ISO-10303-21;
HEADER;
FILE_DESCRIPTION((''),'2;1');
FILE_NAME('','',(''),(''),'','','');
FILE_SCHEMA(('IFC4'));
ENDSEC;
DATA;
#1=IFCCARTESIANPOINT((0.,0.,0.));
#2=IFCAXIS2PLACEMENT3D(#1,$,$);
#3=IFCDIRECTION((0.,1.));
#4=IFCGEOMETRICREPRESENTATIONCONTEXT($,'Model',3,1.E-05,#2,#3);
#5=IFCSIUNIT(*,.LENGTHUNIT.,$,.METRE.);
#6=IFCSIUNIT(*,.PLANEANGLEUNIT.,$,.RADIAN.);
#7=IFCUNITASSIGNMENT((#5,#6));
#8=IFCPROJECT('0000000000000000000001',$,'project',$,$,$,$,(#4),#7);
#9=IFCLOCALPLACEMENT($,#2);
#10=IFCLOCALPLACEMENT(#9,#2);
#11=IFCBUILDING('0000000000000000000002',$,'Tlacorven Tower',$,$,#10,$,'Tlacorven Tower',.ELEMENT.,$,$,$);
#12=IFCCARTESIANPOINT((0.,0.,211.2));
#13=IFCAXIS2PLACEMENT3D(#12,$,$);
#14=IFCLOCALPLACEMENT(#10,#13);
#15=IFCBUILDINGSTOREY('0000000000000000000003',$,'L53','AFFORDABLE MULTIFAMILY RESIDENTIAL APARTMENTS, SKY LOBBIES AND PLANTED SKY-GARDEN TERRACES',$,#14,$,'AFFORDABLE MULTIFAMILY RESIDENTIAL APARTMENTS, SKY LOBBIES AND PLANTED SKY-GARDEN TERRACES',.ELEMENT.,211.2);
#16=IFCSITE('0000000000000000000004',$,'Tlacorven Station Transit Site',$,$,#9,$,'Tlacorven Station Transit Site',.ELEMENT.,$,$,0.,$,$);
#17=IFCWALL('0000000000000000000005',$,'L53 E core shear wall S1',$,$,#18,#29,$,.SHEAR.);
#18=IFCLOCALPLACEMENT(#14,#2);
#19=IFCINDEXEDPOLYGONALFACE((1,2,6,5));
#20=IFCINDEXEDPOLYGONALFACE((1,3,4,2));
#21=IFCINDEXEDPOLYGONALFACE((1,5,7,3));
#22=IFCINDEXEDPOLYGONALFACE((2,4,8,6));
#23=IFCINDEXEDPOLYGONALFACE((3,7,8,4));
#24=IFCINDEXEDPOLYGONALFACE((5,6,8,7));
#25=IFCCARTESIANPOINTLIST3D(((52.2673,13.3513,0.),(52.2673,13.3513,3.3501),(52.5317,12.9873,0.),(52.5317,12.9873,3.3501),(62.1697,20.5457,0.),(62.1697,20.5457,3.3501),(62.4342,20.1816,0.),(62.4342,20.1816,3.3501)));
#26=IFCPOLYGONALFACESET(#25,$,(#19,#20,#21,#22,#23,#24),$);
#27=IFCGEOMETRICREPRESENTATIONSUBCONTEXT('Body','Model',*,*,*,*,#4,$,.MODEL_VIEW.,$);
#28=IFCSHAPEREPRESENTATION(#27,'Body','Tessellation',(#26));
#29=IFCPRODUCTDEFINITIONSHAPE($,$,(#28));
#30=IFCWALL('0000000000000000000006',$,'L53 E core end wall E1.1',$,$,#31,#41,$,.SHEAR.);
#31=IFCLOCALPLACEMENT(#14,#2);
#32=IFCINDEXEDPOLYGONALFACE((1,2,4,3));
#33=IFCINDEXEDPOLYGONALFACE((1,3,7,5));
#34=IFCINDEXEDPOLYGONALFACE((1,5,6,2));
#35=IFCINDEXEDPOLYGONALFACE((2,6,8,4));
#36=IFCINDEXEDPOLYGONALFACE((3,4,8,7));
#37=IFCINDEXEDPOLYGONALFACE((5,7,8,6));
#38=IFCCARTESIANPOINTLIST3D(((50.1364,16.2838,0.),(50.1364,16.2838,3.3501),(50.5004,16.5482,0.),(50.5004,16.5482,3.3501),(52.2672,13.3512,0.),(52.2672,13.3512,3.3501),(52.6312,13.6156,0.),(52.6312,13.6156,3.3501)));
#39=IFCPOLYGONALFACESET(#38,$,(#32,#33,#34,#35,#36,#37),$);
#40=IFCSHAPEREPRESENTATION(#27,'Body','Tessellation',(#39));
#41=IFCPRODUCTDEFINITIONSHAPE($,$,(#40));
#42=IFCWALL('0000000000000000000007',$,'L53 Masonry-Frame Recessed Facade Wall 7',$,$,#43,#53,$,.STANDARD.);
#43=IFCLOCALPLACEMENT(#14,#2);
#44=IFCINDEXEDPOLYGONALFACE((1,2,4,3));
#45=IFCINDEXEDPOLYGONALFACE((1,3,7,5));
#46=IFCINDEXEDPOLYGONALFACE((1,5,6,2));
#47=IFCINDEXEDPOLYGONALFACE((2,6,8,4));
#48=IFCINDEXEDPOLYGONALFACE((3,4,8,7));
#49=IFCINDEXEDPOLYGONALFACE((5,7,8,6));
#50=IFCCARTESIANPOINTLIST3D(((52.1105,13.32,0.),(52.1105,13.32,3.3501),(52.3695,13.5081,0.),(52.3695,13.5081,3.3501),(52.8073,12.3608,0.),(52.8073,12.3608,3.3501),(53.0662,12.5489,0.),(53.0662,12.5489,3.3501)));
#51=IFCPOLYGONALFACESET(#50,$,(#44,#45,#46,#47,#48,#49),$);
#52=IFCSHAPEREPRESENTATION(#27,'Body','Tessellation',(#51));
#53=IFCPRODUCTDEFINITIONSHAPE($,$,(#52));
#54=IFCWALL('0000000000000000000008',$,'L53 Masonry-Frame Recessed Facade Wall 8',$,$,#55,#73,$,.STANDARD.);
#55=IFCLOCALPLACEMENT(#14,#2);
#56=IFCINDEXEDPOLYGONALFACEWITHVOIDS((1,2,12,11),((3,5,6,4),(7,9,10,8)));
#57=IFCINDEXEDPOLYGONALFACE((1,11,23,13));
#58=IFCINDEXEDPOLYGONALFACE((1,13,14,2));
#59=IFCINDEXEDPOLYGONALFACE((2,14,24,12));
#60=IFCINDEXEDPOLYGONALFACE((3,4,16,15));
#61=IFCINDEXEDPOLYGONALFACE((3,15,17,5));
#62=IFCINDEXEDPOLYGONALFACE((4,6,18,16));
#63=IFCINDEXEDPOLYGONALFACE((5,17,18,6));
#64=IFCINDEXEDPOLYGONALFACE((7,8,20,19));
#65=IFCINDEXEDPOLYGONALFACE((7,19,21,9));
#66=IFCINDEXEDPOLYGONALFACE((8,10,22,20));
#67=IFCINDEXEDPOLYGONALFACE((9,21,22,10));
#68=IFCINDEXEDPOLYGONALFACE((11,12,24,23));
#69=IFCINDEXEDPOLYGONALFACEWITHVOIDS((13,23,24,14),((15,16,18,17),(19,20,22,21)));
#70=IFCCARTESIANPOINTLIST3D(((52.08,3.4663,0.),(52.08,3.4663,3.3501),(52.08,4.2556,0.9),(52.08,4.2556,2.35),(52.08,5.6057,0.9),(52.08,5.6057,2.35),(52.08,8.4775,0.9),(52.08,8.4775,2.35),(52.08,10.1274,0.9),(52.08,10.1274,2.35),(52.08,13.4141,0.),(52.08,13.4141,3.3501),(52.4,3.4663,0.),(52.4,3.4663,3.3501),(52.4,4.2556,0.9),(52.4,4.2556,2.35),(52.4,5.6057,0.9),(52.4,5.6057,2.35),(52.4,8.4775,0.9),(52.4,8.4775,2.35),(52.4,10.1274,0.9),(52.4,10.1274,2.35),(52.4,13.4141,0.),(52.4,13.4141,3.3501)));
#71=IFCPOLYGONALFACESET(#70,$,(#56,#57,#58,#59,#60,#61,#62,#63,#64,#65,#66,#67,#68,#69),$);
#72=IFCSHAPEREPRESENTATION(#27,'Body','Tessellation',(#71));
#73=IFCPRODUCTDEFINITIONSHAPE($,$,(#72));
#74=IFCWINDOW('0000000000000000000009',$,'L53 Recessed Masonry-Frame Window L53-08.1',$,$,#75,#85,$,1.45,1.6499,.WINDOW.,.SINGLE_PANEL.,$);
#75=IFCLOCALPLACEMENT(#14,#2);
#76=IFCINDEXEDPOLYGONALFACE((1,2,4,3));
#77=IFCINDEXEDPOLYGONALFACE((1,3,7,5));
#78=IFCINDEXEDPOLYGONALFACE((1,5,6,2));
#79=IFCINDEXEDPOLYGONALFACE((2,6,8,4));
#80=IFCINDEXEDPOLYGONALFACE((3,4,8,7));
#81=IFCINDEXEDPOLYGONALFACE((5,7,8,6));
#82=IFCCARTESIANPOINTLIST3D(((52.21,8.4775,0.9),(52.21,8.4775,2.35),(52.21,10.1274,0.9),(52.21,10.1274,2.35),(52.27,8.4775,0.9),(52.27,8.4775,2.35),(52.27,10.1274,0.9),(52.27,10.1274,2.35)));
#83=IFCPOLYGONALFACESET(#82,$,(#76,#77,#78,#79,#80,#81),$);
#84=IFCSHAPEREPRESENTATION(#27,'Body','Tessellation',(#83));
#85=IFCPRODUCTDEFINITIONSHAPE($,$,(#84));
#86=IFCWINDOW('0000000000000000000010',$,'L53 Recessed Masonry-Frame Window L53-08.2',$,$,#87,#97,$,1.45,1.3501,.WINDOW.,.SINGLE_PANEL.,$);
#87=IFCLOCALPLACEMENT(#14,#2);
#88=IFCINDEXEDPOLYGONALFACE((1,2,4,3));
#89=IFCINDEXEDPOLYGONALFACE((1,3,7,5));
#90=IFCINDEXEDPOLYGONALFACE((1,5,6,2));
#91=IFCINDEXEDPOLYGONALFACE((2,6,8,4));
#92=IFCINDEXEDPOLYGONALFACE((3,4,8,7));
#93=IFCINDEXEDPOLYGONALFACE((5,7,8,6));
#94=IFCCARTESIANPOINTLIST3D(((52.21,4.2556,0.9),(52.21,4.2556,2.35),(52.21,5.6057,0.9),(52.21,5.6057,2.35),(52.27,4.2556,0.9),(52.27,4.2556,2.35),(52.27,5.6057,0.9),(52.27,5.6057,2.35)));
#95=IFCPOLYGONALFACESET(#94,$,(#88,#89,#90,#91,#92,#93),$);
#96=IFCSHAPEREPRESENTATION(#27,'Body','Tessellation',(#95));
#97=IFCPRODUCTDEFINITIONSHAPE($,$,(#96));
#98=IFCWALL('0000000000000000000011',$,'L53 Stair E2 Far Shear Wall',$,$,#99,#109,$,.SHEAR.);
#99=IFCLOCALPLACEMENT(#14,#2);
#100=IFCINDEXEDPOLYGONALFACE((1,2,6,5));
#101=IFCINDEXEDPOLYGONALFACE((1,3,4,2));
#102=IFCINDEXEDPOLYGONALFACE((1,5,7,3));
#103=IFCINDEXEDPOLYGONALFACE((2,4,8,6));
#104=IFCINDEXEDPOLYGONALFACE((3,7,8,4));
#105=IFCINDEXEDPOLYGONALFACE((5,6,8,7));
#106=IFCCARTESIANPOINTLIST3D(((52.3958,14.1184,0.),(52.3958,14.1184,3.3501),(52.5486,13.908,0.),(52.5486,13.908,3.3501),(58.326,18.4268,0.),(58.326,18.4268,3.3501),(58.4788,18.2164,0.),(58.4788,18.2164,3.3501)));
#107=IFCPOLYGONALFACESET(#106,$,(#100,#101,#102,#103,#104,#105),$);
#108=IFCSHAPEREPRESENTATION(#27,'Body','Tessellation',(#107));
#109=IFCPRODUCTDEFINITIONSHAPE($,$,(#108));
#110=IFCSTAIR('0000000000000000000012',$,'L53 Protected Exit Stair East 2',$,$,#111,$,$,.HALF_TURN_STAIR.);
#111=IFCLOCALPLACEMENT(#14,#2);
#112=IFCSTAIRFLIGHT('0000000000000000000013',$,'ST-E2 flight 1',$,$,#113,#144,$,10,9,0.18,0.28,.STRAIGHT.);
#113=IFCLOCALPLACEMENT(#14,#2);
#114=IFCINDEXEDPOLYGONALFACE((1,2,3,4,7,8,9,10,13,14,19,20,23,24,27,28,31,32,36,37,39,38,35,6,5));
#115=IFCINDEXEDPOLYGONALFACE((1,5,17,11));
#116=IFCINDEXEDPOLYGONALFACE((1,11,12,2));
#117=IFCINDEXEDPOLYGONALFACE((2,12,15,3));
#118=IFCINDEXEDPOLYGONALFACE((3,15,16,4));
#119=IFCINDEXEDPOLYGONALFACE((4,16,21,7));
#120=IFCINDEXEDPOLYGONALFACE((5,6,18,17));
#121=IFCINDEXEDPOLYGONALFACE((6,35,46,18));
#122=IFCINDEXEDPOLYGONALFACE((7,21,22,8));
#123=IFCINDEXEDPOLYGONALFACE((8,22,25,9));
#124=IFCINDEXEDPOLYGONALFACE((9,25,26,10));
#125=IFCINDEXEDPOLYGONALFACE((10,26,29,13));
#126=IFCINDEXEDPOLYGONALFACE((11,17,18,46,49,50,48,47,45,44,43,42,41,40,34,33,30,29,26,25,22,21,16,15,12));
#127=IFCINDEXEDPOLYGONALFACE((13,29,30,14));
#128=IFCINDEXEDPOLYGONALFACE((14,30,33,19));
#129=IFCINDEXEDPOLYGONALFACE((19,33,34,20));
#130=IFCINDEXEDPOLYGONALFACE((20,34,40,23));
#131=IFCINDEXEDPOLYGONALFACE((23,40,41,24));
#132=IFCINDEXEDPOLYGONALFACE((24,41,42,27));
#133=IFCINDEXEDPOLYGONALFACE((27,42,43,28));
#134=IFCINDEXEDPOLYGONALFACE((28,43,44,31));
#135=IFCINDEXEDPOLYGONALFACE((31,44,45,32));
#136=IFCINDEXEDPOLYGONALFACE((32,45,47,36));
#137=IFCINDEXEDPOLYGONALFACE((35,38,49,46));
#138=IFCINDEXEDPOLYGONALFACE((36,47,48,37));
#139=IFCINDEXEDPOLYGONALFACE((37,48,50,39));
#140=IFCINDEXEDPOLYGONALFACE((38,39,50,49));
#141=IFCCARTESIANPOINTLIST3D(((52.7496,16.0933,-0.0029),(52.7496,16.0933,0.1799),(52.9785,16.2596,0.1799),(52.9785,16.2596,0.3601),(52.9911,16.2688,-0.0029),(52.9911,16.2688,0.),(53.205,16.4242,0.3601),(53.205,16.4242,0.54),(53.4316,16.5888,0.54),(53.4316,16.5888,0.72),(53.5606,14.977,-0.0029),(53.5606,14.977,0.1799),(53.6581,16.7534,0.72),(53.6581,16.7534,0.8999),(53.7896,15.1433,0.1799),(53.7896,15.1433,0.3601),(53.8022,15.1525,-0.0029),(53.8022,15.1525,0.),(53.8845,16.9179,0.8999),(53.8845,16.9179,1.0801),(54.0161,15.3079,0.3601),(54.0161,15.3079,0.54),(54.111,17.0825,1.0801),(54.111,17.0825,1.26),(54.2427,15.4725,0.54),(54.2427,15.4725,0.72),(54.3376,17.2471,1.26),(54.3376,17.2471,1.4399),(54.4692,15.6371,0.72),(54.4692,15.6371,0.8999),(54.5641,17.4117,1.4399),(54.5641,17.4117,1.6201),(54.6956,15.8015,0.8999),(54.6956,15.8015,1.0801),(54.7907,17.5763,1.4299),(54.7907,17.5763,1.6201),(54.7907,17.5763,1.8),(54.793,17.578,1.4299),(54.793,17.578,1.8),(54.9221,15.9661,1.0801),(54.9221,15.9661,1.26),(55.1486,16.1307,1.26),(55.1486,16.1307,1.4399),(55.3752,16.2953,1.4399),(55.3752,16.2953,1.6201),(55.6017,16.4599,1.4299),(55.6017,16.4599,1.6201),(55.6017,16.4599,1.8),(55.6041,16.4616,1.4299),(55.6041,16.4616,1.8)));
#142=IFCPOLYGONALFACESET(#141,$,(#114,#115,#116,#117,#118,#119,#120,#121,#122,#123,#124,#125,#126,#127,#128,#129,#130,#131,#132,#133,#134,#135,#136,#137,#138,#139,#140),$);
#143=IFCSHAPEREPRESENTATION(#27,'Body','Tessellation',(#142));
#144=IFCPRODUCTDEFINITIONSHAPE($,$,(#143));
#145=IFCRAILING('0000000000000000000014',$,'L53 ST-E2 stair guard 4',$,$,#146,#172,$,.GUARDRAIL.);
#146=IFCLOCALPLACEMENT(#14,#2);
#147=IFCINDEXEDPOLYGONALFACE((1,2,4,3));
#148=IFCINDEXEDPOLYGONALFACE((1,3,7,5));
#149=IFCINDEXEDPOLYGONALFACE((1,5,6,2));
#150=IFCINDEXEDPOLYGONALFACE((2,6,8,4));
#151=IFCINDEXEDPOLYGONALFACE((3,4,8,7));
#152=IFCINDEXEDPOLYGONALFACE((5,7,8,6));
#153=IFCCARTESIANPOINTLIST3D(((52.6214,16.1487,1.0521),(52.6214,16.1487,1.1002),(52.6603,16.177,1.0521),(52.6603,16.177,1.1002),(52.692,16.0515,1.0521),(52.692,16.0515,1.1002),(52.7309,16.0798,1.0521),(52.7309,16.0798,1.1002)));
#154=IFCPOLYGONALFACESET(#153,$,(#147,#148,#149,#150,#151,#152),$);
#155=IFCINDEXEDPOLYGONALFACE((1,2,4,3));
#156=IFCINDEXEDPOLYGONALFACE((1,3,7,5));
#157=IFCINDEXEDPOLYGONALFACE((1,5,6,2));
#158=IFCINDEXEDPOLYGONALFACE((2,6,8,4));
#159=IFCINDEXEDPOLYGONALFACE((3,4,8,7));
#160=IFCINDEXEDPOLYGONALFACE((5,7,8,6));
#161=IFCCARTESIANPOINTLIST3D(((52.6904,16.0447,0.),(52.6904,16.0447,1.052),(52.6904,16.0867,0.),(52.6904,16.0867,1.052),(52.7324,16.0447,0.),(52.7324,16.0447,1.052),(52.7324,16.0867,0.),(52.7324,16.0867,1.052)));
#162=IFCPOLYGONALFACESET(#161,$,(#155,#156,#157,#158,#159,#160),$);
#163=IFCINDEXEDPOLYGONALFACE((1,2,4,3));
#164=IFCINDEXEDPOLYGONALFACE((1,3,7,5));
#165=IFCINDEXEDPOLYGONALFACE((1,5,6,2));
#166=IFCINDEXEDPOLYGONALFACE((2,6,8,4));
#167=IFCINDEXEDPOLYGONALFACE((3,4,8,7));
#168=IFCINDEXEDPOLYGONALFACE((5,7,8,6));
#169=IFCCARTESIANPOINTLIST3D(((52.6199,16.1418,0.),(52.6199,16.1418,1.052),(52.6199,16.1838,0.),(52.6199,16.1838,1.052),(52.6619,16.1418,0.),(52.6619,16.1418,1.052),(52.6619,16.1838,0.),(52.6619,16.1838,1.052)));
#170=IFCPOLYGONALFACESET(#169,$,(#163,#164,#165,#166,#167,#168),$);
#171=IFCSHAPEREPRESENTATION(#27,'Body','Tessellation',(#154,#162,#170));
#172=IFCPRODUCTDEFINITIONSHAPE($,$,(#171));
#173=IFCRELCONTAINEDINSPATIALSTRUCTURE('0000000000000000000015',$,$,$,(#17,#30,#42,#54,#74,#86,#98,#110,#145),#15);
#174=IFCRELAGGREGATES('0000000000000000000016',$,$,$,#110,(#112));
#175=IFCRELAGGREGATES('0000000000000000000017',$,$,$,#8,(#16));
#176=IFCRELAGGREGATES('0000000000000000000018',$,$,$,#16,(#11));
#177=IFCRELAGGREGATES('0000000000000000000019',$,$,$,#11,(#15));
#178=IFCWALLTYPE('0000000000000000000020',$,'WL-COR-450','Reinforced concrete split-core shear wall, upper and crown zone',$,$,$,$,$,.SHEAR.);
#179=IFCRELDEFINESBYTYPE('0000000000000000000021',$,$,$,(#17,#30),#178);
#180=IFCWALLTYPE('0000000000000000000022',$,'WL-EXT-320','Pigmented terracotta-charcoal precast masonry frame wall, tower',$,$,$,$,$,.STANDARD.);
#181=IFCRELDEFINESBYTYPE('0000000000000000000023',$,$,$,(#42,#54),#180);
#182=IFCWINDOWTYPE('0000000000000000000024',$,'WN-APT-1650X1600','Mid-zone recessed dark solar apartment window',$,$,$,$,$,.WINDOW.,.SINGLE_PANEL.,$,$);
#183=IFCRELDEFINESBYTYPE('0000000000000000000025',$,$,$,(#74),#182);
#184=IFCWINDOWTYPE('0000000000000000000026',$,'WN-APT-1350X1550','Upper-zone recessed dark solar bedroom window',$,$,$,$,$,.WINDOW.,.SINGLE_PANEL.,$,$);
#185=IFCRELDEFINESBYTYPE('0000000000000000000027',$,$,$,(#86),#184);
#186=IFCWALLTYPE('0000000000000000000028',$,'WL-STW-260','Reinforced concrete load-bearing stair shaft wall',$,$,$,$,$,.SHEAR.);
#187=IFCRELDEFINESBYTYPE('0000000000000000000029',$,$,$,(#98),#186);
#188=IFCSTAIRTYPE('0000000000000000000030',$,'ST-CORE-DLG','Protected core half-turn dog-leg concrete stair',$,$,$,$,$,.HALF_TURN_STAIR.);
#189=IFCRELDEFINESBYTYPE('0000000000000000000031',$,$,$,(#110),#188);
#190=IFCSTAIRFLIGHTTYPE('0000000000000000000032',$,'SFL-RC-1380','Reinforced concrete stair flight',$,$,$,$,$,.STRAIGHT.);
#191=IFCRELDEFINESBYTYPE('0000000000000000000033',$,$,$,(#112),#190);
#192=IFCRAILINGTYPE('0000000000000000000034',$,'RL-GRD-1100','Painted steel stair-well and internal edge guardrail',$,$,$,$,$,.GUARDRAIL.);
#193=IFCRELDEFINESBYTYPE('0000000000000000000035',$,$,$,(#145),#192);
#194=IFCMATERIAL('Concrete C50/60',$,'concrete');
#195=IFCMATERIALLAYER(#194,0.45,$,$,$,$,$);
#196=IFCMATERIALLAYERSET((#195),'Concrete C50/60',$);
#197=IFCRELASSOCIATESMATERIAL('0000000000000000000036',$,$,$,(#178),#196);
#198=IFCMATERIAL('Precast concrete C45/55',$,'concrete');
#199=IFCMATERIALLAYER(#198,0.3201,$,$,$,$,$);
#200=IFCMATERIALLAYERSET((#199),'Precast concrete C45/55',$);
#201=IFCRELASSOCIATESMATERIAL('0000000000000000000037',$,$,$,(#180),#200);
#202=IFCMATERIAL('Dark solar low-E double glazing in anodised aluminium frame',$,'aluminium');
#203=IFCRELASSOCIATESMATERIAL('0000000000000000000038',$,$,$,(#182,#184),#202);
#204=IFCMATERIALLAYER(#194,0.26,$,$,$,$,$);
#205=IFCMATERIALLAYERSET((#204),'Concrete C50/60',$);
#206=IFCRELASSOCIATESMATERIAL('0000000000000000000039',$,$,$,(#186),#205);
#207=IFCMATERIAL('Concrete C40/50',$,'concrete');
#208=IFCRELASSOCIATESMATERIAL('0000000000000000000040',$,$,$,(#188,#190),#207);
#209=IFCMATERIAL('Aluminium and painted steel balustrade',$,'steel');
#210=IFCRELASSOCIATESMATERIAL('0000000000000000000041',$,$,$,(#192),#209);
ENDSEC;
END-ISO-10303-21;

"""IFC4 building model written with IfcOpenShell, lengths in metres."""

from ifc_helpers import new_model, si_unit, direction, frame, frame_2d, origin, origin_2d, place, context, subcontext, project, spatial, polyline, rectangle, outline, extrude, source, transform, mapped, material, layer, layer_set, type_object, element, fill, aggregate, save


model = new_model("IFC4")

# Units and contexts
model_context = context("Model", 3, precision=1e-05, world=origin(), true_north=direction((0.0, 1.0)))
body_context = subcontext(model_context, "Body", "Model", "MODEL_VIEW")
ifc_project = project(units=[si_unit("LENGTHUNIT", "METRE"), si_unit("PLANEANGLEUNIT", "RADIAN")], contexts=[model_context])

# Site, building, storey
site_placement = place(None, origin())
site = spatial("IfcSite", under=ifc_project, at=site_placement, Name="Tlacorven Station Transit Site", LongName="Tlacorven Station Transit Site", CompositionType="ELEMENT", RefElevation=0.0)
building_placement = place(site_placement, origin())
building = spatial("IfcBuilding", under=site, at=building_placement, Name="Tlacorven Tower", LongName="Tlacorven Tower", CompositionType="ELEMENT")
storey_placement = place(building_placement, frame((0.0, 0.0, 211.2)))
storey = spatial("IfcBuildingStorey", under=building, at=storey_placement, Name="L53", Description="AFFORDABLE MULTIFAMILY RESIDENTIAL APARTMENTS, SKY LOBBIES AND PLANTED SKY-GARDEN TERRACES", LongName="AFFORDABLE MULTIFAMILY RESIDENTIAL APARTMENTS, SKY LOBBIES AND PLANTED SKY-GARDEN TERRACES", CompositionType="ELEMENT", Elevation=211.2)

# Walls
ifc_material_1 = material(Name="Concrete C50/60", Category="concrete")
ifc_layer_1 = layer(ifc_material_1, 0.45)
ifc_layer_set_1 = layer_set([ifc_layer_1], Name="Concrete C50/60")
wall_type_1 = type_object("IfcWallType", Name="WL-COR-450", Description="Reinforced concrete split-core shear wall, upper and crown zone", PredefinedType="SHEAR", material=ifc_layer_set_1)
wall_1_placement = place(storey_placement, frame((52.3994, 13.1692, 0.0), z_axis=(0.0, 0.0, 1.0), x_axis=(0.809022, 0.587778, 0.0)))
element("IfcWall", 1, at=wall_1_placement, inside=storey, type_object=wall_type_1, Name="L53 E core shear wall S1", PredefinedType="SHEAR", context=body_context, shape_type="SweptSolid", body=[
    extrude(rectangle(XDim=12.24, YDim=0.45, at=frame_2d((6.1201, 0.0))), origin(), (0.0, 0.0, 1.0), 3.3501),
])
wall_2_placement = place(storey_placement, frame((52.4492, 13.4834, 0.0), z_axis=(0.0, 0.0, 1.0), x_axis=(-0.587819, 0.808992, 0.0)))
element("IfcWall", 2, at=wall_2_placement, inside=storey, type_object=wall_type_1, Name="L53 E core end wall E1.1", PredefinedType="SHEAR", context=body_context, shape_type="SweptSolid", body=[
    extrude(rectangle(XDim=3.625, YDim=0.45, at=frame_2d((1.8125, 0.0))), origin(), (0.0, 0.0, 1.0), 3.3501),
])
ifc_material_2 = material(Name="Precast concrete C45/55", Category="concrete")
ifc_layer_2 = layer(ifc_material_2, 0.3201)
ifc_layer_set_2 = layer_set([ifc_layer_2], Name="Precast concrete C45/55")
wall_type_2 = type_object("IfcWallType", Name="WL-EXT-320", Description="Pigmented terracotta-charcoal precast masonry frame wall, tower", PredefinedType="STANDARD", material=ifc_layer_set_2)
wall_3_placement = place(storey_placement, frame((52.9368, 12.4548, 0.0), z_axis=(0.0, 0.0, 1.0), x_axis=(-0.587706, 0.809074, 0.0)))
element("IfcWall", 3, at=wall_3_placement, inside=storey, type_object=wall_type_2, Name="L53 Masonry-Frame Recessed Facade Wall 7", PredefinedType="STANDARD", context=body_context, shape_type="SweptSolid", body=[
    extrude(rectangle(XDim=1.1855, YDim=0.3201, at=frame_2d((0.5928, 0.0))), origin(), (0.0, 0.0, 1.0), 3.3501),
])

# Wall, openings, windows
wall_4_placement = place(storey_placement, frame((52.24, 13.4141, 0.0), z_axis=(0.0, 0.0, 1.0), x_axis=(0.0, -1.0, 0.0)))
wall_4 = element("IfcWall", 4, at=wall_4_placement, inside=storey, type_object=wall_type_2, Name="L53 Masonry-Frame Recessed Facade Wall 8", PredefinedType="STANDARD", context=body_context, shape_type="SweptSolid", body=[
    extrude(rectangle(XDim=9.9478, YDim=0.3201, at=frame_2d((4.9739, 0.0))), origin(), (0.0, 0.0, 1.0), 3.3501),
])
opening_1_placement = place(wall_4_placement, frame((3.2866, 0.0, 0.8999)))
opening_1 = element("IfcOpeningElement", 5, at=opening_1_placement, cuts=wall_4, PredefinedType="OPENING", context=body_context, shape_type="SweptSolid", body=[
    extrude(rectangle(XDim=1.6499, YDim=1.45, at=frame_2d((0.825, 0.7251))), frame((0.0, 0.1699, 0.0), z_axis=(0.0, -1.0, 0.0), x_axis=(1.0, 0.0, 0.0)), (0.0, 0.0, 1.0), 0.3401),
])
opening_2_placement = place(wall_4_placement, frame((7.8083, 0.0, 0.8999)))
opening_2 = element("IfcOpeningElement", 6, at=opening_2_placement, cuts=wall_4, PredefinedType="OPENING", context=body_context, shape_type="SweptSolid", body=[
    extrude(rectangle(XDim=1.3501, YDim=1.45, at=frame_2d((0.675, 0.7251))), frame((0.0, 0.1699, 0.0), z_axis=(0.0, -1.0, 0.0), x_axis=(1.0, 0.0, 0.0)), (0.0, 0.0, 1.0), 0.3401),
])
ifc_material_3 = material(Name="Dark solar low-E double glazing in anodised aluminium frame", Category="aluminium")
window_type_1 = type_object("IfcWindowType", Name="WN-APT-1650X1600", Description="Mid-zone recessed dark solar apartment window", PartitioningType="SINGLE_PANEL", PredefinedType="WINDOW", material=ifc_material_3)
shared_shape_1 = source(origin(), body_context, "Body", "SweptSolid", [
    extrude(rectangle(XDim=1.6499, YDim=1.45, at=frame_2d((0.825, 0.7251))), frame((0.0, 0.03, 0.0), z_axis=(0.0, -1.0, 0.0), x_axis=(1.0, 0.0, 0.0)), (0.0, 0.0, 1.0), 0.0601),
])
window_1_placement = place(opening_1_placement, origin())
window_1 = element("IfcWindow", 7, at=window_1_placement, inside=storey, type_object=window_type_1, Name="L53 Recessed Masonry-Frame Window L53-08.1", OverallHeight=1.45, OverallWidth=1.6499, PartitioningType="SINGLE_PANEL", PredefinedType="WINDOW", context=body_context, shape_type="MappedRepresentation", body=[
    mapped(shared_shape_1, transform((0.0, 0.0, 0.0), scale=1.0)),
])
fill(opening_1, window_1)
window_type_2 = type_object("IfcWindowType", Name="WN-APT-1350X1550", Description="Upper-zone recessed dark solar bedroom window", PartitioningType="SINGLE_PANEL", PredefinedType="WINDOW", material=ifc_material_3)
shared_shape_2 = source(origin(), body_context, "Body", "SweptSolid", [
    extrude(rectangle(XDim=1.3501, YDim=1.45, at=frame_2d((0.675, 0.7251))), frame((0.0, 0.03, 0.0), z_axis=(0.0, -1.0, 0.0), x_axis=(1.0, 0.0, 0.0)), (0.0, 0.0, 1.0), 0.0601),
])
window_2_placement = place(opening_2_placement, origin())
window_2 = element("IfcWindow", 8, at=window_2_placement, inside=storey, type_object=window_type_2, Name="L53 Recessed Masonry-Frame Window L53-08.2", OverallHeight=1.45, OverallWidth=1.3501, PartitioningType="SINGLE_PANEL", PredefinedType="WINDOW", context=body_context, shape_type="MappedRepresentation", body=[
    mapped(shared_shape_2, transform((0.0, 0.0, 0.0), scale=1.0)),
])
fill(opening_2, window_2)

# Wall
ifc_layer_3 = layer(ifc_material_1, 0.26)
ifc_layer_set_3 = layer_set([ifc_layer_3], Name="Concrete C50/60")
wall_type_3 = type_object("IfcWallType", Name="WL-STW-260", Description="Reinforced concrete load-bearing stair shaft wall", PredefinedType="SHEAR", material=ifc_layer_set_3)
wall_5_placement = place(storey_placement, frame((52.4722, 14.0132, 0.0), z_axis=(0.0, 0.0, 1.0), x_axis=(0.809028, 0.58777, 0.0)))
element("IfcWall", 9, at=wall_5_placement, inside=storey, type_object=wall_type_3, Name="L53 Stair E2 Far Shear Wall", PredefinedType="SHEAR", context=body_context, shape_type="SweptSolid", body=[
    extrude(rectangle(XDim=7.3301, YDim=0.26, at=frame_2d((3.665, 0.0))), origin(), (0.0, 0.0, 1.0), 3.3501),
])

# Stair, stair flight
ifc_material_4 = material(Name="Concrete C40/50", Category="concrete")
stair_type = type_object("IfcStairType", Name="ST-CORE-DLG", Description="Protected core half-turn dog-leg concrete stair", PredefinedType="HALF_TURN_STAIR", material=ifc_material_4)
stair_placement = place(storey_placement, origin())
stair = element("IfcStair", 10, at=stair_placement, inside=storey, type_object=stair_type, Name="L53 Protected Exit Stair East 2", PredefinedType="HALF_TURN_STAIR")
stair_flight_type = type_object("IfcStairFlightType", Name="SFL-RC-1380", Description="Reinforced concrete stair flight", PredefinedType="STRAIGHT", material=ifc_material_4)
shared_shape_3 = source(origin(), body_context, "Body", "SweptSolid", [
    extrude(outline(polyline([(-0.0029, -0.0029), (-0.0029, 0.1799), (0.28, 0.1799), (0.28, 0.3601), (0.5601, 0.3601), (0.5601, 0.54), (0.8401, 0.54), (0.8401, 0.72), (1.1201, 0.72), (1.1201, 0.8999), (1.3999, 0.8999), (1.3999, 1.0801), (1.6799, 1.0801), (1.6799, 1.26), (1.96, 1.26), (1.96, 1.4399), (2.24, 1.4399), (2.24, 1.6201), (2.52, 1.6201), (2.52, 1.8), (2.5229, 1.8), (2.5229, 1.4299), (2.52, 1.4299), (0.2957, 0.0), (0.2957, -0.0029), (-0.0029, -0.0029)])), frame((0.0, 0.6899, 0.0), z_axis=(0.0, -1.0, 0.0), x_axis=(1.0, 0.0, 0.0)), (0.0, 0.0, 1.0), 1.3799),
])
stair_flight_placement = place(storey_placement, frame((53.1575, 15.5369, 0.0), z_axis=(0.0, 0.0, 1.0), x_axis=(0.809017, 0.587785, 0.0)))
stair_flight = element("IfcStairFlight", 11, at=stair_flight_placement, type_object=stair_flight_type, Name="ST-E2 flight 1", NumberOfRisers=10, NumberOfTreads=9, PredefinedType="STRAIGHT", RiserHeight=0.18, TreadLength=0.28, context=body_context, shape_type="MappedRepresentation", body=[
    mapped(shared_shape_3, transform((0.0, 0.0, 0.0), scale=1.0)),
])
aggregate(stair, [stair_flight])

# Railing
ifc_material_5 = material(Name="Aluminium and painted steel balustrade", Category="steel")
railing_type_1 = type_object("IfcRailingType", Name="RL-GRD-1100", Description="Painted steel stair-well and internal edge guardrail", PredefinedType="GUARDRAIL", material=ifc_material_5)
shared_shape_4 = source(origin(), body_context, "Body", "SweptSolid", [
    extrude(rectangle(XDim=0.0481, YDim=0.0481, at=origin_2d()), frame((0.0, 0.0, 1.0762), z_axis=(-0.587567, 0.809175, 0.0), x_axis=(-0.809175, -0.587567, 0.0)), (0.0, 0.0, 1.0), 0.1201),
    extrude(rectangle(XDim=0.042, YDim=0.042, at=origin_2d()), origin(), (0.0, 0.0, 1.0), 1.052),
    extrude(rectangle(XDim=0.042, YDim=0.042, at=origin_2d()), frame((-0.0706, 0.0972, 0.0)), (0.0, 0.0, 1.0), 1.052),
])
railing_1_placement = place(storey_placement, frame((52.7114, 16.0657, 0.0)))
element("IfcRailing", 12, at=railing_1_placement, inside=storey, type_object=railing_type_1, Name="L53 ST-E2 stair guard 4", PredefinedType="GUARDRAIL", context=body_context, shape_type="MappedRepresentation", body=[
    mapped(shared_shape_4, transform((0.0, 0.0, 0.0), scale=1.0)),
])

save(model, "model.ifc")
